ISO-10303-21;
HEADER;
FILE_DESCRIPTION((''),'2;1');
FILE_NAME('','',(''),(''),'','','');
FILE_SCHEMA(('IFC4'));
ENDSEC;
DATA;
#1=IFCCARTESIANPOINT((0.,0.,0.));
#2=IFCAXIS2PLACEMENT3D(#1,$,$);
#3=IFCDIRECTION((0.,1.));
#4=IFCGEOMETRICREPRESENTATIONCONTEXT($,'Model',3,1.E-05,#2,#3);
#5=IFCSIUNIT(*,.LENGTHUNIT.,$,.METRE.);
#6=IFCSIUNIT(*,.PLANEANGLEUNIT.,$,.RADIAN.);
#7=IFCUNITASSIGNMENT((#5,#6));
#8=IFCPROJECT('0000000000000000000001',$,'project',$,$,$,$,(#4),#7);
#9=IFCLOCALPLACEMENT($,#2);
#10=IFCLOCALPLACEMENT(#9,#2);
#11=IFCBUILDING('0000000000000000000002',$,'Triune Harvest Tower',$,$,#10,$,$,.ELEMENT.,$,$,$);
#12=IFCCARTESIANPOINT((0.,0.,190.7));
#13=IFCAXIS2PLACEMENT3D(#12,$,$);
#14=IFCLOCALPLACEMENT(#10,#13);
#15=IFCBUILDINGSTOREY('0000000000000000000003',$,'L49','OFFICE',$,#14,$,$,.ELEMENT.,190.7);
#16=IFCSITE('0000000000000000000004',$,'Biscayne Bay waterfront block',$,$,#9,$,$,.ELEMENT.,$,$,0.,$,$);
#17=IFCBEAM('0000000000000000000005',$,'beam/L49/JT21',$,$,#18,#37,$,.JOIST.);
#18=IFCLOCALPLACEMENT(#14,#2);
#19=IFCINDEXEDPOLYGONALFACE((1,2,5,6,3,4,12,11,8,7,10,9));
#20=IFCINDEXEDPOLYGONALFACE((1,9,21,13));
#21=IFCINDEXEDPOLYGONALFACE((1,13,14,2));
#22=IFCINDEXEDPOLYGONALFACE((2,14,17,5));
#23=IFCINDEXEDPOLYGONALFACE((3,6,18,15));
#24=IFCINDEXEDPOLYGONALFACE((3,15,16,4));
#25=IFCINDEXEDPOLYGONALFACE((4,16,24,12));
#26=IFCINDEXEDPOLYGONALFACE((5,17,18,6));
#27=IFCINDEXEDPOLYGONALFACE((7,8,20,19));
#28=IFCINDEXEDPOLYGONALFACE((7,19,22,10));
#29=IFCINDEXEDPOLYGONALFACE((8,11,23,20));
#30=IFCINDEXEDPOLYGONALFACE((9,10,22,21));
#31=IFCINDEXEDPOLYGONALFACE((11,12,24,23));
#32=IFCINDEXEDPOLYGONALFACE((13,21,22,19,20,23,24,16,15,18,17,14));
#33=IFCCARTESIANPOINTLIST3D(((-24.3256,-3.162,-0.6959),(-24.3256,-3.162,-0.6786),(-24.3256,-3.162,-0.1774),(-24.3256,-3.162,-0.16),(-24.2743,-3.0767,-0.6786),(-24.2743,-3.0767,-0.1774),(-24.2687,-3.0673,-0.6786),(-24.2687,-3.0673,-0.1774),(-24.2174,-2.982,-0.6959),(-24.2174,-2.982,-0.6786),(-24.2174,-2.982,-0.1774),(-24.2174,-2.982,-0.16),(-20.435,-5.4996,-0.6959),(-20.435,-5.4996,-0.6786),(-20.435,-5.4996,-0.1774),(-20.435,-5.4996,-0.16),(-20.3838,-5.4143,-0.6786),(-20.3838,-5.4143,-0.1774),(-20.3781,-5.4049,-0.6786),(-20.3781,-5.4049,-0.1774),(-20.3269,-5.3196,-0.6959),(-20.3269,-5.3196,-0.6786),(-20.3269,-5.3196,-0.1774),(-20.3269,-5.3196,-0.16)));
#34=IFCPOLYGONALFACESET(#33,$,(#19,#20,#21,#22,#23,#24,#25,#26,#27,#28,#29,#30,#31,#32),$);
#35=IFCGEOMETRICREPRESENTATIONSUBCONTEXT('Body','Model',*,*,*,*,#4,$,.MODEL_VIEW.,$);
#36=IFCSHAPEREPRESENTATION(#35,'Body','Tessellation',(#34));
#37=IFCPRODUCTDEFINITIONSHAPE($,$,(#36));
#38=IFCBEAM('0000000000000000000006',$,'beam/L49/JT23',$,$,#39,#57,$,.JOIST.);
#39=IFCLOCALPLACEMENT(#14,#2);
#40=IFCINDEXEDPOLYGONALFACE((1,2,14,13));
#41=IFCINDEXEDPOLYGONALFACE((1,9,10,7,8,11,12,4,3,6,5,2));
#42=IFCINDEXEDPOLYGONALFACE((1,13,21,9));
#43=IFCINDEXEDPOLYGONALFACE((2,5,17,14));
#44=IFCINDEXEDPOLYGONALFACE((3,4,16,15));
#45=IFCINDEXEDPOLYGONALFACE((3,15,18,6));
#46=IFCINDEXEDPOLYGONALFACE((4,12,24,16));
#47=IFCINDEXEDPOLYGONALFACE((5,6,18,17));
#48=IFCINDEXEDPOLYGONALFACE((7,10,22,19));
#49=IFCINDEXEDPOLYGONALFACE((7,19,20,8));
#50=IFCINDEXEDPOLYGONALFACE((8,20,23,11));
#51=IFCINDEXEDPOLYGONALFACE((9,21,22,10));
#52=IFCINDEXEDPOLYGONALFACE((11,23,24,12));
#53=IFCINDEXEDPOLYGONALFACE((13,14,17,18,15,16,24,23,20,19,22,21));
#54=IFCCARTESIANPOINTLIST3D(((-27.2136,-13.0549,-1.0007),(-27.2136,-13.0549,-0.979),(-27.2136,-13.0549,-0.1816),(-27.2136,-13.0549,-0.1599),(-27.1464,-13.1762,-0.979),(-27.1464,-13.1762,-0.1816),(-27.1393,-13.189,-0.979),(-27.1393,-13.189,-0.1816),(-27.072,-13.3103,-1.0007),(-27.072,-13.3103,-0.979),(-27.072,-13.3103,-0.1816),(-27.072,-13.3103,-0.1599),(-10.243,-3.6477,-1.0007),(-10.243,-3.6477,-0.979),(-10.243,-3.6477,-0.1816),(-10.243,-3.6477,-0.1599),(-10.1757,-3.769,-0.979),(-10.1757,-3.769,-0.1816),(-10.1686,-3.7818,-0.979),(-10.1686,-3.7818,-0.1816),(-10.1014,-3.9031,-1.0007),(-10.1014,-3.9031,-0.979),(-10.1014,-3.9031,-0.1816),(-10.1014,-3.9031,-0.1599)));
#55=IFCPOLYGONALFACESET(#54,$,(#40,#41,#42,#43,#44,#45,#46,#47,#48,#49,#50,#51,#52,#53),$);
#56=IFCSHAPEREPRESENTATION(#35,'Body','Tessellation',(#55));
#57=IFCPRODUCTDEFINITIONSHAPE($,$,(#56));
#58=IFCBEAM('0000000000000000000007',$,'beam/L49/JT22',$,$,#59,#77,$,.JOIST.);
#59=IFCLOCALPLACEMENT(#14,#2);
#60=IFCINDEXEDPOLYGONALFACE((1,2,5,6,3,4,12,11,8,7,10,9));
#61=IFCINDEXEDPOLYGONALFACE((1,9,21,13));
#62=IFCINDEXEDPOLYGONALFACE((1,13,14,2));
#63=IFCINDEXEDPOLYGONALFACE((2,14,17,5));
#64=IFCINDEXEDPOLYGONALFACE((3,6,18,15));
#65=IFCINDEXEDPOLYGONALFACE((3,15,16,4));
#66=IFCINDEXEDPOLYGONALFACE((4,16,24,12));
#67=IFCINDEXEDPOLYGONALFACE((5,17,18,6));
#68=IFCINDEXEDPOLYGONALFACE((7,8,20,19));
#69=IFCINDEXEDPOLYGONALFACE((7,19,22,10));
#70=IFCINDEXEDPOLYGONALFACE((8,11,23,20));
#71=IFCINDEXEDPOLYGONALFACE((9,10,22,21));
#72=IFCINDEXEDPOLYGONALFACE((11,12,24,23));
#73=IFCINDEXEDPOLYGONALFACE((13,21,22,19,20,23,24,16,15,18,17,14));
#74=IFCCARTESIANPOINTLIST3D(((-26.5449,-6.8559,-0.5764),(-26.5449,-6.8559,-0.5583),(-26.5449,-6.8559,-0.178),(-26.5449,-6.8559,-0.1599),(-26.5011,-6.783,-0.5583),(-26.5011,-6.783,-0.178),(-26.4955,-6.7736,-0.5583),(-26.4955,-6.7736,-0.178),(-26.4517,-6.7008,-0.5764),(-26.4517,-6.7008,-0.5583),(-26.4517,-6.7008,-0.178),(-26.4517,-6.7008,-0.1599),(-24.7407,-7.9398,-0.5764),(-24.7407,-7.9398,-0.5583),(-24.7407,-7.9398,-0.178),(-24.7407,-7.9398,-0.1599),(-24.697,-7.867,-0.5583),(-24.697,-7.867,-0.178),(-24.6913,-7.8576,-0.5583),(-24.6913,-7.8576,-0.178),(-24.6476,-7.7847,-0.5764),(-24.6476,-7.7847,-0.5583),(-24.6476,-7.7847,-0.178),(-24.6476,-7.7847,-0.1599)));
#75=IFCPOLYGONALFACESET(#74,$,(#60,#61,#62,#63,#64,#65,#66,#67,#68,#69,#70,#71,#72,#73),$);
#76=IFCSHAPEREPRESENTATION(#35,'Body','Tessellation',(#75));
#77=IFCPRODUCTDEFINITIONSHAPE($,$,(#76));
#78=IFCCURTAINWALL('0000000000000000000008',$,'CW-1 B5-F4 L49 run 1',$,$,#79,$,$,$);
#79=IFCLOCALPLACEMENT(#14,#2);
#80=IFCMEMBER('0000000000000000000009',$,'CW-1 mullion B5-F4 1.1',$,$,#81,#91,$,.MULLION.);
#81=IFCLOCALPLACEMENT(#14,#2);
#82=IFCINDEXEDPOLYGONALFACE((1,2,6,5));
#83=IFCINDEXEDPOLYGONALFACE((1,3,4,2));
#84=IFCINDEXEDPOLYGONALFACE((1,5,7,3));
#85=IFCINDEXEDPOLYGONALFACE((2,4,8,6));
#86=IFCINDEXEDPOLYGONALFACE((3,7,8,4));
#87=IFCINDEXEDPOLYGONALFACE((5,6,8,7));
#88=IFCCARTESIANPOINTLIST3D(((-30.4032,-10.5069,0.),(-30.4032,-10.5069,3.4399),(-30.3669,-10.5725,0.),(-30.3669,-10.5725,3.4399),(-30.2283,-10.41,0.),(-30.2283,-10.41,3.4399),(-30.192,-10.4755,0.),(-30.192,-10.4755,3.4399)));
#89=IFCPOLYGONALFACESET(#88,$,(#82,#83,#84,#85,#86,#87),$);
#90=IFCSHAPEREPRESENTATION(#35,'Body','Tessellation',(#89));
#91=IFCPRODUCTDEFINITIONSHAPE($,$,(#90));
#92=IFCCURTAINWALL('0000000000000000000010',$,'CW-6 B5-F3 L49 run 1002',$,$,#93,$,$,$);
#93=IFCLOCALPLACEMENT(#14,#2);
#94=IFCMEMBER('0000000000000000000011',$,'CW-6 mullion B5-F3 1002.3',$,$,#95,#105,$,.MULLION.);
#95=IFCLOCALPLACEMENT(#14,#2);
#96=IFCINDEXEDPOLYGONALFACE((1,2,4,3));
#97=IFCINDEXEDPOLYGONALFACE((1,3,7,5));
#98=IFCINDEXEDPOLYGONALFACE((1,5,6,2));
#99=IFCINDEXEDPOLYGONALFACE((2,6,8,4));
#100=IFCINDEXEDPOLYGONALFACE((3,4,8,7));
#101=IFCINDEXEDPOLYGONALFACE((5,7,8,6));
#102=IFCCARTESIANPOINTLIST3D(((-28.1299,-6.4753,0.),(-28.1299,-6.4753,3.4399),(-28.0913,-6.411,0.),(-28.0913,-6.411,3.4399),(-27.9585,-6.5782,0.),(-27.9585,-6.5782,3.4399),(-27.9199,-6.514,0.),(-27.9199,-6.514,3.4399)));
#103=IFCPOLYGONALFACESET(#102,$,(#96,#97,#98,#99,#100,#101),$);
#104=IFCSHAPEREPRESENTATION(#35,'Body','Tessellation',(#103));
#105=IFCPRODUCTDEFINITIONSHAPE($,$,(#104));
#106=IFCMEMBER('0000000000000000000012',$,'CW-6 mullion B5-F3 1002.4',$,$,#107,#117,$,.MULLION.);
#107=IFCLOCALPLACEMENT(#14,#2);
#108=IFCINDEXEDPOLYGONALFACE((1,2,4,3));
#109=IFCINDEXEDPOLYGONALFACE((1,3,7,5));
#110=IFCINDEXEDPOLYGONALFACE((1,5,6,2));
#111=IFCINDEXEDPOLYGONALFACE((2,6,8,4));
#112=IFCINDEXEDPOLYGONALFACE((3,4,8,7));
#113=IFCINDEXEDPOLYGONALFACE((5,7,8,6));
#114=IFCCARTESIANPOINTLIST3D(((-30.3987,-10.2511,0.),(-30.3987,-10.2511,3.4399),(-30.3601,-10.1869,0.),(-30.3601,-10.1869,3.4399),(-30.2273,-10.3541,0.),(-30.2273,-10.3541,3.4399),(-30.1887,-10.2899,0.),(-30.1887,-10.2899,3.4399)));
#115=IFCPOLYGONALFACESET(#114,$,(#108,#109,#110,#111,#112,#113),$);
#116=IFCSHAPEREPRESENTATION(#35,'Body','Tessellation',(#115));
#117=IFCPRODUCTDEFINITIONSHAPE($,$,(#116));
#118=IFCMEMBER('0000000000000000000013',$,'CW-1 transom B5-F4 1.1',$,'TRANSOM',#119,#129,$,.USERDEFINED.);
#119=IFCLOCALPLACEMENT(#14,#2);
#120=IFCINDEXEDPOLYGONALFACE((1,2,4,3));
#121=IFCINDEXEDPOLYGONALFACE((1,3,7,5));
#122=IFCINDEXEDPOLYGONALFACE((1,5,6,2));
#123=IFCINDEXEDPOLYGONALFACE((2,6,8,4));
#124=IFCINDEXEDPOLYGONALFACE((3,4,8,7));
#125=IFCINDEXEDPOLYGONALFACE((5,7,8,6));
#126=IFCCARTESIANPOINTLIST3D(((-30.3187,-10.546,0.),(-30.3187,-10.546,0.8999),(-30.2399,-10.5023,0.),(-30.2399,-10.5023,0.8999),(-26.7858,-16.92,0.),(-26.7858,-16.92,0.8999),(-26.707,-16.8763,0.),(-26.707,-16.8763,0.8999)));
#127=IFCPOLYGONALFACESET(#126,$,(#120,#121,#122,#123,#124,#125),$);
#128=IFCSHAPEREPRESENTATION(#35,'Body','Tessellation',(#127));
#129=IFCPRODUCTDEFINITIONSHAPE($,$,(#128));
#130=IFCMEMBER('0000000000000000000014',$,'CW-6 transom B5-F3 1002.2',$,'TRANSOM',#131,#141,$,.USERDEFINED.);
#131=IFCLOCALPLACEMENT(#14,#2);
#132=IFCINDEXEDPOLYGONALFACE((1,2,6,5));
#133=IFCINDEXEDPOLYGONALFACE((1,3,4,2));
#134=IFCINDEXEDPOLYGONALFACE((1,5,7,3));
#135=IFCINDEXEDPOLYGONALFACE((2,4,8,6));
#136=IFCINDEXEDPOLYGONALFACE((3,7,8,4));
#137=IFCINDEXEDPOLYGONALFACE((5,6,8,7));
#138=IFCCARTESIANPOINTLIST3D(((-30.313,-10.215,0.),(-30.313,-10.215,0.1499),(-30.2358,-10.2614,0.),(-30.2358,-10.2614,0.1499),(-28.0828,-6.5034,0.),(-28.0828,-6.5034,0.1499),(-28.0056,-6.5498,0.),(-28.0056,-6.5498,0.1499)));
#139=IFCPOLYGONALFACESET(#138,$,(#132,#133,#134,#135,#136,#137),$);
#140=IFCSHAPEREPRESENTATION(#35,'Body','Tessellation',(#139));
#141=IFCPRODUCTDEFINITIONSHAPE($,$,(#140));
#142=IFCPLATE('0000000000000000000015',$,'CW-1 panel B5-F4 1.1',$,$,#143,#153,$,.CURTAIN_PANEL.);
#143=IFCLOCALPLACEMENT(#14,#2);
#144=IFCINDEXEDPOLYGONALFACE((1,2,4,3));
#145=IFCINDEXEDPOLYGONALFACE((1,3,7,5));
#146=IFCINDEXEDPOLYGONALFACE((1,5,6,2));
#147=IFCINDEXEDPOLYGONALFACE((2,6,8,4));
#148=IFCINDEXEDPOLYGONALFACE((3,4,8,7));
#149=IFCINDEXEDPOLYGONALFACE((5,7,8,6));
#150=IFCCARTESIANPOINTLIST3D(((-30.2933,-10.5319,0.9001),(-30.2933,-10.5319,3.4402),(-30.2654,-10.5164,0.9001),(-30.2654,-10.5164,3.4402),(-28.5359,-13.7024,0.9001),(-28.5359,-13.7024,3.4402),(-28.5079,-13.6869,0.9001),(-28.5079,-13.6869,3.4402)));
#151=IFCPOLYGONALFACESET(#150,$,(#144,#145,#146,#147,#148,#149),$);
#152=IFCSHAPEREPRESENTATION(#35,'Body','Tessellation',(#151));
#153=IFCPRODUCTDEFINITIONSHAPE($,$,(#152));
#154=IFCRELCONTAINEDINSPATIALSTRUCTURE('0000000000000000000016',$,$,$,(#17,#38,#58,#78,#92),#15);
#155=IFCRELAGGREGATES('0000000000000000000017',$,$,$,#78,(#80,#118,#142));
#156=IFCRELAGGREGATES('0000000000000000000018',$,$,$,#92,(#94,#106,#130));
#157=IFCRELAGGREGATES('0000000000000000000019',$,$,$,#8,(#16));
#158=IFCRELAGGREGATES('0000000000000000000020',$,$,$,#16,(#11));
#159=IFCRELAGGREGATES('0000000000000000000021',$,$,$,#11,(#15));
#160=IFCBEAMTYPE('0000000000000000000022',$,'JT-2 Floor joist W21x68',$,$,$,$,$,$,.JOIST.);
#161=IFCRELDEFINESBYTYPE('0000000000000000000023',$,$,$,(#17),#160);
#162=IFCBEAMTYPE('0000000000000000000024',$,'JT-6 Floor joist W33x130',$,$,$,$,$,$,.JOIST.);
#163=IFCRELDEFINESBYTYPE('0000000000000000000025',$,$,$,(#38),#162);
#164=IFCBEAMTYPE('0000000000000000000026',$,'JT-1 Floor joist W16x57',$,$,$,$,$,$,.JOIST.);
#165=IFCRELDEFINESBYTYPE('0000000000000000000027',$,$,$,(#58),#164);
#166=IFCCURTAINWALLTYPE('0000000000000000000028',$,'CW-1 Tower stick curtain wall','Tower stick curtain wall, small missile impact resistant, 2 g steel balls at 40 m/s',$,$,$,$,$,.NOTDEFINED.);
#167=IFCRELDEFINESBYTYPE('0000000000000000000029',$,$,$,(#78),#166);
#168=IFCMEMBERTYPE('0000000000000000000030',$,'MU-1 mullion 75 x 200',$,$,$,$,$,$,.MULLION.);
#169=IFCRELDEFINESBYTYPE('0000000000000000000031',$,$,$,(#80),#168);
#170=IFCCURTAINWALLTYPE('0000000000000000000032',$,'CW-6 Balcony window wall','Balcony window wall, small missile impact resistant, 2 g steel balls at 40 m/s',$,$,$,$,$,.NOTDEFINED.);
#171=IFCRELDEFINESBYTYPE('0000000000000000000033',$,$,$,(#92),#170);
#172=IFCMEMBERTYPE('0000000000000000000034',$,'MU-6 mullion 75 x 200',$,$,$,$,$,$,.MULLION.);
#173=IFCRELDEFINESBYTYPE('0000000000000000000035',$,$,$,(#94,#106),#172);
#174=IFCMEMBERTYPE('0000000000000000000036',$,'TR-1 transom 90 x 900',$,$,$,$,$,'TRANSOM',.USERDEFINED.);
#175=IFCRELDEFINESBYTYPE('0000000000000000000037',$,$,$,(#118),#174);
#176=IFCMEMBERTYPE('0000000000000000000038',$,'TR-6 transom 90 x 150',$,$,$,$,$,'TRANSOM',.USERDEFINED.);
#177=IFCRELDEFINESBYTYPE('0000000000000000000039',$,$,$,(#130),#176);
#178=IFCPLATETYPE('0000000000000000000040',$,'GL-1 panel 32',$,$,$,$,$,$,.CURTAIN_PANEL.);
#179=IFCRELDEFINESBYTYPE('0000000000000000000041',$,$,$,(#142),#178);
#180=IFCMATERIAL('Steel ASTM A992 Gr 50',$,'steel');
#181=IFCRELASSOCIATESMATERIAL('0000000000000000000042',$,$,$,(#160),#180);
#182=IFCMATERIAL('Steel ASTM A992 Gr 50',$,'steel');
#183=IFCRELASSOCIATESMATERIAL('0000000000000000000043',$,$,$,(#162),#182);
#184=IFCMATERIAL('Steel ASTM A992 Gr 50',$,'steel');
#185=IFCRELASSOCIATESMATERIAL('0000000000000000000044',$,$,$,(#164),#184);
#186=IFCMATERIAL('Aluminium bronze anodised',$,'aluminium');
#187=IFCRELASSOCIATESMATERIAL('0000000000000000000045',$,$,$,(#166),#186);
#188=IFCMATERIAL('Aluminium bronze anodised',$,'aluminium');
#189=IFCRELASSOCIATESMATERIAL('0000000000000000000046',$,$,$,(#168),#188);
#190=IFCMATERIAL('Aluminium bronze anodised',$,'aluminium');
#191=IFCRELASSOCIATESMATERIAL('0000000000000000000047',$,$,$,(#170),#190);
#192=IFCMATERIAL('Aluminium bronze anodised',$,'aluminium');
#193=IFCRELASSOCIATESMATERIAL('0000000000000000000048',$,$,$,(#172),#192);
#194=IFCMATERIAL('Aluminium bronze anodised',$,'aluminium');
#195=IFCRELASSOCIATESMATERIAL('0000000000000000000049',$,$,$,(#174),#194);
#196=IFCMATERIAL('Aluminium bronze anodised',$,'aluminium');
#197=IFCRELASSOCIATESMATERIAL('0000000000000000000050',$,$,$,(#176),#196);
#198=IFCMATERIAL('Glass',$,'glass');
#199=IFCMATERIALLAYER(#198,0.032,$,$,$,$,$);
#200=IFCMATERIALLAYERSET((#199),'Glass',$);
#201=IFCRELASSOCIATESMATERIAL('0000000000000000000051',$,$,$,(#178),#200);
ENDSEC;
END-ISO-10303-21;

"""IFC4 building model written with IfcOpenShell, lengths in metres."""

from ifc_helpers import new_model, si_unit, direction, frame, origin, origin_2d, place, context, subcontext, project, spatial, rectangle, i_section, extrude, source, transform, mapped, material, layer, layer_set, material_profile, profile_set, type_object, element, aggregate, save


model = new_model("IFC4")

# Units and contexts
model_context = context("Model", 3, precision=1e-05, world=origin(), true_north=direction((0.0, 1.0)))
body_context = subcontext(model_context, "Body", "Model", "MODEL_VIEW")
ifc_project = project(units=[si_unit("LENGTHUNIT", "METRE"), si_unit("PLANEANGLEUNIT", "RADIAN")], contexts=[model_context])

# Site, building, storey
site_placement = place(None, origin())
site = spatial("IfcSite", under=ifc_project, at=site_placement, Name="Biscayne Bay waterfront block", CompositionType="ELEMENT", RefElevation=0.0)
building_placement = place(site_placement, origin())
building = spatial("IfcBuilding", under=site, at=building_placement, Name="Triune Harvest Tower", CompositionType="ELEMENT")
storey_placement = place(building_placement, frame((0.0, 0.0, 190.7)))
storey = spatial("IfcBuildingStorey", under=building, at=storey_placement, Name="L49", Description="OFFICE", CompositionType="ELEMENT", Elevation=190.7)

# Beams
ifc_material_1 = material(Name="Steel ASTM A992 Gr 50", Category="steel")
ifc_material_profile_1 = material_profile(ifc_material_1, i_section(OverallWidth=0.21, OverallDepth=0.5359, WebThickness=0.011, FlangeThickness=0.0173, at=origin_2d()), Name="W21x68")
ifc_profile_set_1 = profile_set([ifc_material_profile_1], Name="Steel ASTM A992 Gr 50")
beam_type_1 = type_object("IfcBeamType", Name="JT-2 Floor joist W21x68", PredefinedType="JOIST", material=ifc_profile_set_1)
shared_shape_1 = source(origin(), body_context, "Body", "SweptSolid", [
    extrude(i_section(OverallWidth=0.21, OverallDepth=0.5359, WebThickness=0.011, FlangeThickness=0.0173, at=origin_2d()), origin(), (0.0, 0.0, 1.0), 4.5388),
])
beam_1_placement = place(storey_placement, frame((-24.2715, -3.072, -0.428), z_axis=(0.857175, -0.515026, 0.0), x_axis=(0.515026, 0.857175, 0.0)))
element("IfcBeam", 1, at=beam_1_placement, inside=storey, type_object=beam_type_1, Name="beam/L49/JT21", PredefinedType="JOIST", context=body_context, shape_type="MappedRepresentation", body=[
    mapped(shared_shape_1, transform((0.0, 0.0, 0.0), scale=1.0)),
])
ifc_material_2 = material(Name="Steel ASTM A992 Gr 50", Category="steel")
ifc_material_profile_2 = material_profile(ifc_material_2, i_section(OverallWidth=0.292, OverallDepth=0.8408, WebThickness=0.0146, FlangeThickness=0.0217, at=origin_2d()), Name="W33x130")
ifc_profile_set_2 = profile_set([ifc_material_profile_2], Name="Steel ASTM A992 Gr 50")
beam_type_2 = type_object("IfcBeamType", Name="JT-6 Floor joist W33x130", PredefinedType="JOIST", material=ifc_profile_set_2)
shared_shape_2 = source(origin(), body_context, "Body", "SweptSolid", [
    extrude(i_section(OverallWidth=0.292, OverallDepth=0.8408, WebThickness=0.0146, FlangeThickness=0.0217, at=origin_2d()), origin(), (0.0, 0.0, 1.0), 19.4036),
])
beam_2_placement = place(storey_placement, frame((-27.1428, -13.1826, -0.5803), z_axis=(0.874615, 0.484818, 0.0), x_axis=(-0.484818, 0.874615, 0.0)))
element("IfcBeam", 2, at=beam_2_placement, inside=storey, type_object=beam_type_2, Name="beam/L49/JT23", PredefinedType="JOIST", context=body_context, shape_type="MappedRepresentation", body=[
    mapped(shared_shape_2, transform((0.0, 0.0, 0.0), scale=1.0)),
])
ifc_material_3 = material(Name="Steel ASTM A992 Gr 50", Category="steel")
ifc_material_profile_3 = material_profile(ifc_material_3, i_section(OverallWidth=0.1809, OverallDepth=0.4165, WebThickness=0.011, FlangeThickness=0.0181, at=origin_2d()), Name="W16x57")
ifc_profile_set_3 = profile_set([ifc_material_profile_3], Name="Steel ASTM A992 Gr 50")
beam_type_3 = type_object("IfcBeamType", Name="JT-1 Floor joist W16x57", PredefinedType="JOIST", material=ifc_profile_set_3)
shared_shape_3 = source(origin(), body_context, "Body", "SweptSolid", [
    extrude(i_section(OverallWidth=0.1809, OverallDepth=0.4165, WebThickness=0.011, FlangeThickness=0.0181, at=origin_2d()), origin(), (0.0, 0.0, 1.0), 2.1047),
])
beam_3_placement = place(storey_placement, frame((-26.4983, -6.7783, -0.3682), z_axis=(0.857186, -0.515007, 0.0), x_axis=(0.515007, 0.857186, 0.0)))
element("IfcBeam", 3, at=beam_3_placement, inside=storey, type_object=beam_type_3, Name="beam/L49/JT22", PredefinedType="JOIST", context=body_context, shape_type="MappedRepresentation", body=[
    mapped(shared_shape_3, transform((0.0, 0.0, 0.0), scale=1.0)),
])

# Curtain wall, member
ifc_material_4 = material(Name="Aluminium bronze anodised", Category="aluminium")
curtain_wall_type_1 = type_object("IfcCurtainWallType", Name="CW-1 Tower stick curtain wall", Description="Tower stick curtain wall, small missile impact resistant, 2 g steel balls at 40 m/s", PredefinedType="NOTDEFINED", material=ifc_material_4)
curtain_wall_1_placement = place(storey_placement, origin())
curtain_wall_1 = element("IfcCurtainWall", 4, at=curtain_wall_1_placement, inside=storey, type_object=curtain_wall_type_1, Name="CW-1 B5-F4 L49 run 1")
ifc_material_5 = material(Name="Aluminium bronze anodised", Category="aluminium")
ifc_material_profile_4 = material_profile(ifc_material_5, rectangle(XDim=0.2, YDim=0.075, at=origin_2d()), Name="MU-1 mullion 75 x 200")
ifc_profile_set_4 = profile_set([ifc_material_profile_4], Name="Aluminium bronze anodised")
member_type_1 = type_object("IfcMemberType", Name="MU-1 mullion 75 x 200", PredefinedType="MULLION", material=ifc_profile_set_4)
shared_shape_4 = source(origin(), body_context, "Body", "SweptSolid", [
    extrude(rectangle(XDim=0.2, YDim=0.075, at=origin_2d()), origin(), (0.0, 0.0, 1.0), 3.4399),
])
member_1_placement = place(storey_placement, frame((-30.2976, -10.4912, 0.0), z_axis=(0.0, 0.0, 1.0), x_axis=(0.874624, 0.484802, 0.0)))
member_1 = element("IfcMember", 5, at=member_1_placement, type_object=member_type_1, Name="CW-1 mullion B5-F4 1.1", PredefinedType="MULLION", context=body_context, shape_type="MappedRepresentation", body=[
    mapped(shared_shape_4, transform((0.0, 0.0, 0.0), scale=1.0)),
])

# Curtain wall, members
ifc_material_6 = material(Name="Aluminium bronze anodised", Category="aluminium")
curtain_wall_type_2 = type_object("IfcCurtainWallType", Name="CW-6 Balcony window wall", Description="Balcony window wall, small missile impact resistant, 2 g steel balls at 40 m/s", PredefinedType="NOTDEFINED", material=ifc_material_6)
curtain_wall_2_placement = place(storey_placement, origin())
curtain_wall_2 = element("IfcCurtainWall", 6, at=curtain_wall_2_placement, inside=storey, type_object=curtain_wall_type_2, Name="CW-6 B5-F3 L49 run 1002")
ifc_material_7 = material(Name="Aluminium bronze anodised", Category="aluminium")
ifc_material_profile_5 = material_profile(ifc_material_7, rectangle(XDim=0.2, YDim=0.075, at=origin_2d()), Name="MU-6 mullion 75 x 200")
ifc_profile_set_5 = profile_set([ifc_material_profile_5], Name="Aluminium bronze anodised")
member_type_2 = type_object("IfcMemberType", Name="MU-6 mullion 75 x 200", PredefinedType="MULLION", material=ifc_profile_set_5)
shared_shape_5 = source(origin(), body_context, "Body", "SweptSolid", [
    extrude(rectangle(XDim=0.2, YDim=0.075, at=origin_2d()), origin(), (0.0, 0.0, 1.0), 3.4399),
])
member_2_placement = place(storey_placement, frame((-28.0249, -6.4946, 0.0), z_axis=(0.0, 0.0, 1.0), x_axis=(0.857169, -0.515036, 0.0)))
member_2 = element("IfcMember", 7, at=member_2_placement, type_object=member_type_2, Name="CW-6 mullion B5-F3 1002.3", PredefinedType="MULLION", context=body_context, shape_type="MappedRepresentation", body=[
    mapped(shared_shape_5, transform((0.0, 0.0, 0.0), scale=1.0)),
])
member_3_placement = place(storey_placement, frame((-30.2937, -10.2705, 0.0), z_axis=(0.0, 0.0, 1.0), x_axis=(0.857169, -0.515036, 0.0)))
member_3 = element("IfcMember", 8, at=member_3_placement, type_object=member_type_2, Name="CW-6 mullion B5-F3 1002.4", PredefinedType="MULLION", context=body_context, shape_type="MappedRepresentation", body=[
    mapped(shared_shape_5, transform((0.0, 0.0, 0.0), scale=1.0)),
])

# Members
ifc_material_8 = material(Name="Aluminium bronze anodised", Category="aluminium")
ifc_material_profile_6 = material_profile(ifc_material_8, rectangle(XDim=0.0901, YDim=0.8999, at=origin_2d()), Name="TR-1 transom 90 x 900")
ifc_profile_set_6 = profile_set([ifc_material_profile_6], Name="Aluminium bronze anodised")
member_type_3 = type_object("IfcMemberType", Name="TR-1 transom 90 x 900", ElementType="TRANSOM", PredefinedType="USERDEFINED", material=ifc_profile_set_6)
shared_shape_6 = source(origin(), body_context, "Body", "SweptSolid", [
    extrude(rectangle(XDim=0.0901, YDim=0.8999, at=origin_2d()), origin(), (0.0, 0.0, 1.0), 7.2876),
])
member_4_placement = place(storey_placement, frame((-30.2793, -10.5242, 0.45), z_axis=(0.484787, -0.874633, 0.0), x_axis=(0.874633, 0.484787, 0.0)))
member_4 = element("IfcMember", 9, at=member_4_placement, type_object=member_type_3, Name="CW-1 transom B5-F4 1.1", ObjectType="TRANSOM", PredefinedType="USERDEFINED", context=body_context, shape_type="MappedRepresentation", body=[
    mapped(shared_shape_6, transform((0.0, 0.0, 0.0), scale=1.0)),
])
ifc_material_9 = material(Name="Aluminium bronze anodised", Category="aluminium")
ifc_material_profile_7 = material_profile(ifc_material_9, rectangle(XDim=0.0901, YDim=0.1499, at=origin_2d()), Name="TR-6 transom 90 x 150")
ifc_profile_set_7 = profile_set([ifc_material_profile_7], Name="Aluminium bronze anodised")
member_type_4 = type_object("IfcMemberType", Name="TR-6 transom 90 x 150", ElementType="TRANSOM", PredefinedType="USERDEFINED", material=ifc_profile_set_7)
shared_shape_7 = source(origin(), body_context, "Body", "SweptSolid", [
    extrude(rectangle(XDim=0.0901, YDim=0.1499, at=origin_2d()), origin(), (0.0, 0.0, 1.0), 4.3301),
])
member_5_placement = place(storey_placement, frame((-28.0442, -6.5266, 0.075), z_axis=(-0.515043, -0.857164, 0.0), x_axis=(0.857164, -0.515043, 0.0)))
member_5 = element("IfcMember", 10, at=member_5_placement, type_object=member_type_4, Name="CW-6 transom B5-F3 1002.2", ObjectType="TRANSOM", PredefinedType="USERDEFINED", context=body_context, shape_type="MappedRepresentation", body=[
    mapped(shared_shape_7, transform((0.0, 0.0, 0.0), scale=1.0)),
])

# Plate
ifc_material_10 = material(Name="Glass", Category="glass")
ifc_layer_1 = layer(ifc_material_10, 0.032)
ifc_layer_set_1 = layer_set([ifc_layer_1], Name="Glass")
plate_type_1 = type_object("IfcPlateType", Name="GL-1 panel 32", PredefinedType="CURTAIN_PANEL", material=ifc_layer_set_1)
shared_shape_8 = source(origin(), body_context, "Body", "SweptSolid", [
    extrude(rectangle(XDim=3.625, YDim=0.032, at=origin_2d()), origin(), (0.0, 0.0, 1.0), 2.54),
])
plate_1_placement = place(storey_placement, frame((-29.4006, -12.1094, 0.9001), z_axis=(0.0, 0.0, 1.0), x_axis=(0.484802, -0.874624, 0.0)))
plate_1 = element("IfcPlate", 11, at=plate_1_placement, type_object=plate_type_1, Name="CW-1 panel B5-F4 1.1", PredefinedType="CURTAIN_PANEL", context=body_context, shape_type="MappedRepresentation", body=[
    mapped(shared_shape_8, transform((0.0, 0.0, 0.0), scale=1.0)),
])
aggregate(curtain_wall_1, [member_1, member_4, plate_1])
aggregate(curtain_wall_2, [member_2, member_3, member_5])

save(model, "model.ifc")
